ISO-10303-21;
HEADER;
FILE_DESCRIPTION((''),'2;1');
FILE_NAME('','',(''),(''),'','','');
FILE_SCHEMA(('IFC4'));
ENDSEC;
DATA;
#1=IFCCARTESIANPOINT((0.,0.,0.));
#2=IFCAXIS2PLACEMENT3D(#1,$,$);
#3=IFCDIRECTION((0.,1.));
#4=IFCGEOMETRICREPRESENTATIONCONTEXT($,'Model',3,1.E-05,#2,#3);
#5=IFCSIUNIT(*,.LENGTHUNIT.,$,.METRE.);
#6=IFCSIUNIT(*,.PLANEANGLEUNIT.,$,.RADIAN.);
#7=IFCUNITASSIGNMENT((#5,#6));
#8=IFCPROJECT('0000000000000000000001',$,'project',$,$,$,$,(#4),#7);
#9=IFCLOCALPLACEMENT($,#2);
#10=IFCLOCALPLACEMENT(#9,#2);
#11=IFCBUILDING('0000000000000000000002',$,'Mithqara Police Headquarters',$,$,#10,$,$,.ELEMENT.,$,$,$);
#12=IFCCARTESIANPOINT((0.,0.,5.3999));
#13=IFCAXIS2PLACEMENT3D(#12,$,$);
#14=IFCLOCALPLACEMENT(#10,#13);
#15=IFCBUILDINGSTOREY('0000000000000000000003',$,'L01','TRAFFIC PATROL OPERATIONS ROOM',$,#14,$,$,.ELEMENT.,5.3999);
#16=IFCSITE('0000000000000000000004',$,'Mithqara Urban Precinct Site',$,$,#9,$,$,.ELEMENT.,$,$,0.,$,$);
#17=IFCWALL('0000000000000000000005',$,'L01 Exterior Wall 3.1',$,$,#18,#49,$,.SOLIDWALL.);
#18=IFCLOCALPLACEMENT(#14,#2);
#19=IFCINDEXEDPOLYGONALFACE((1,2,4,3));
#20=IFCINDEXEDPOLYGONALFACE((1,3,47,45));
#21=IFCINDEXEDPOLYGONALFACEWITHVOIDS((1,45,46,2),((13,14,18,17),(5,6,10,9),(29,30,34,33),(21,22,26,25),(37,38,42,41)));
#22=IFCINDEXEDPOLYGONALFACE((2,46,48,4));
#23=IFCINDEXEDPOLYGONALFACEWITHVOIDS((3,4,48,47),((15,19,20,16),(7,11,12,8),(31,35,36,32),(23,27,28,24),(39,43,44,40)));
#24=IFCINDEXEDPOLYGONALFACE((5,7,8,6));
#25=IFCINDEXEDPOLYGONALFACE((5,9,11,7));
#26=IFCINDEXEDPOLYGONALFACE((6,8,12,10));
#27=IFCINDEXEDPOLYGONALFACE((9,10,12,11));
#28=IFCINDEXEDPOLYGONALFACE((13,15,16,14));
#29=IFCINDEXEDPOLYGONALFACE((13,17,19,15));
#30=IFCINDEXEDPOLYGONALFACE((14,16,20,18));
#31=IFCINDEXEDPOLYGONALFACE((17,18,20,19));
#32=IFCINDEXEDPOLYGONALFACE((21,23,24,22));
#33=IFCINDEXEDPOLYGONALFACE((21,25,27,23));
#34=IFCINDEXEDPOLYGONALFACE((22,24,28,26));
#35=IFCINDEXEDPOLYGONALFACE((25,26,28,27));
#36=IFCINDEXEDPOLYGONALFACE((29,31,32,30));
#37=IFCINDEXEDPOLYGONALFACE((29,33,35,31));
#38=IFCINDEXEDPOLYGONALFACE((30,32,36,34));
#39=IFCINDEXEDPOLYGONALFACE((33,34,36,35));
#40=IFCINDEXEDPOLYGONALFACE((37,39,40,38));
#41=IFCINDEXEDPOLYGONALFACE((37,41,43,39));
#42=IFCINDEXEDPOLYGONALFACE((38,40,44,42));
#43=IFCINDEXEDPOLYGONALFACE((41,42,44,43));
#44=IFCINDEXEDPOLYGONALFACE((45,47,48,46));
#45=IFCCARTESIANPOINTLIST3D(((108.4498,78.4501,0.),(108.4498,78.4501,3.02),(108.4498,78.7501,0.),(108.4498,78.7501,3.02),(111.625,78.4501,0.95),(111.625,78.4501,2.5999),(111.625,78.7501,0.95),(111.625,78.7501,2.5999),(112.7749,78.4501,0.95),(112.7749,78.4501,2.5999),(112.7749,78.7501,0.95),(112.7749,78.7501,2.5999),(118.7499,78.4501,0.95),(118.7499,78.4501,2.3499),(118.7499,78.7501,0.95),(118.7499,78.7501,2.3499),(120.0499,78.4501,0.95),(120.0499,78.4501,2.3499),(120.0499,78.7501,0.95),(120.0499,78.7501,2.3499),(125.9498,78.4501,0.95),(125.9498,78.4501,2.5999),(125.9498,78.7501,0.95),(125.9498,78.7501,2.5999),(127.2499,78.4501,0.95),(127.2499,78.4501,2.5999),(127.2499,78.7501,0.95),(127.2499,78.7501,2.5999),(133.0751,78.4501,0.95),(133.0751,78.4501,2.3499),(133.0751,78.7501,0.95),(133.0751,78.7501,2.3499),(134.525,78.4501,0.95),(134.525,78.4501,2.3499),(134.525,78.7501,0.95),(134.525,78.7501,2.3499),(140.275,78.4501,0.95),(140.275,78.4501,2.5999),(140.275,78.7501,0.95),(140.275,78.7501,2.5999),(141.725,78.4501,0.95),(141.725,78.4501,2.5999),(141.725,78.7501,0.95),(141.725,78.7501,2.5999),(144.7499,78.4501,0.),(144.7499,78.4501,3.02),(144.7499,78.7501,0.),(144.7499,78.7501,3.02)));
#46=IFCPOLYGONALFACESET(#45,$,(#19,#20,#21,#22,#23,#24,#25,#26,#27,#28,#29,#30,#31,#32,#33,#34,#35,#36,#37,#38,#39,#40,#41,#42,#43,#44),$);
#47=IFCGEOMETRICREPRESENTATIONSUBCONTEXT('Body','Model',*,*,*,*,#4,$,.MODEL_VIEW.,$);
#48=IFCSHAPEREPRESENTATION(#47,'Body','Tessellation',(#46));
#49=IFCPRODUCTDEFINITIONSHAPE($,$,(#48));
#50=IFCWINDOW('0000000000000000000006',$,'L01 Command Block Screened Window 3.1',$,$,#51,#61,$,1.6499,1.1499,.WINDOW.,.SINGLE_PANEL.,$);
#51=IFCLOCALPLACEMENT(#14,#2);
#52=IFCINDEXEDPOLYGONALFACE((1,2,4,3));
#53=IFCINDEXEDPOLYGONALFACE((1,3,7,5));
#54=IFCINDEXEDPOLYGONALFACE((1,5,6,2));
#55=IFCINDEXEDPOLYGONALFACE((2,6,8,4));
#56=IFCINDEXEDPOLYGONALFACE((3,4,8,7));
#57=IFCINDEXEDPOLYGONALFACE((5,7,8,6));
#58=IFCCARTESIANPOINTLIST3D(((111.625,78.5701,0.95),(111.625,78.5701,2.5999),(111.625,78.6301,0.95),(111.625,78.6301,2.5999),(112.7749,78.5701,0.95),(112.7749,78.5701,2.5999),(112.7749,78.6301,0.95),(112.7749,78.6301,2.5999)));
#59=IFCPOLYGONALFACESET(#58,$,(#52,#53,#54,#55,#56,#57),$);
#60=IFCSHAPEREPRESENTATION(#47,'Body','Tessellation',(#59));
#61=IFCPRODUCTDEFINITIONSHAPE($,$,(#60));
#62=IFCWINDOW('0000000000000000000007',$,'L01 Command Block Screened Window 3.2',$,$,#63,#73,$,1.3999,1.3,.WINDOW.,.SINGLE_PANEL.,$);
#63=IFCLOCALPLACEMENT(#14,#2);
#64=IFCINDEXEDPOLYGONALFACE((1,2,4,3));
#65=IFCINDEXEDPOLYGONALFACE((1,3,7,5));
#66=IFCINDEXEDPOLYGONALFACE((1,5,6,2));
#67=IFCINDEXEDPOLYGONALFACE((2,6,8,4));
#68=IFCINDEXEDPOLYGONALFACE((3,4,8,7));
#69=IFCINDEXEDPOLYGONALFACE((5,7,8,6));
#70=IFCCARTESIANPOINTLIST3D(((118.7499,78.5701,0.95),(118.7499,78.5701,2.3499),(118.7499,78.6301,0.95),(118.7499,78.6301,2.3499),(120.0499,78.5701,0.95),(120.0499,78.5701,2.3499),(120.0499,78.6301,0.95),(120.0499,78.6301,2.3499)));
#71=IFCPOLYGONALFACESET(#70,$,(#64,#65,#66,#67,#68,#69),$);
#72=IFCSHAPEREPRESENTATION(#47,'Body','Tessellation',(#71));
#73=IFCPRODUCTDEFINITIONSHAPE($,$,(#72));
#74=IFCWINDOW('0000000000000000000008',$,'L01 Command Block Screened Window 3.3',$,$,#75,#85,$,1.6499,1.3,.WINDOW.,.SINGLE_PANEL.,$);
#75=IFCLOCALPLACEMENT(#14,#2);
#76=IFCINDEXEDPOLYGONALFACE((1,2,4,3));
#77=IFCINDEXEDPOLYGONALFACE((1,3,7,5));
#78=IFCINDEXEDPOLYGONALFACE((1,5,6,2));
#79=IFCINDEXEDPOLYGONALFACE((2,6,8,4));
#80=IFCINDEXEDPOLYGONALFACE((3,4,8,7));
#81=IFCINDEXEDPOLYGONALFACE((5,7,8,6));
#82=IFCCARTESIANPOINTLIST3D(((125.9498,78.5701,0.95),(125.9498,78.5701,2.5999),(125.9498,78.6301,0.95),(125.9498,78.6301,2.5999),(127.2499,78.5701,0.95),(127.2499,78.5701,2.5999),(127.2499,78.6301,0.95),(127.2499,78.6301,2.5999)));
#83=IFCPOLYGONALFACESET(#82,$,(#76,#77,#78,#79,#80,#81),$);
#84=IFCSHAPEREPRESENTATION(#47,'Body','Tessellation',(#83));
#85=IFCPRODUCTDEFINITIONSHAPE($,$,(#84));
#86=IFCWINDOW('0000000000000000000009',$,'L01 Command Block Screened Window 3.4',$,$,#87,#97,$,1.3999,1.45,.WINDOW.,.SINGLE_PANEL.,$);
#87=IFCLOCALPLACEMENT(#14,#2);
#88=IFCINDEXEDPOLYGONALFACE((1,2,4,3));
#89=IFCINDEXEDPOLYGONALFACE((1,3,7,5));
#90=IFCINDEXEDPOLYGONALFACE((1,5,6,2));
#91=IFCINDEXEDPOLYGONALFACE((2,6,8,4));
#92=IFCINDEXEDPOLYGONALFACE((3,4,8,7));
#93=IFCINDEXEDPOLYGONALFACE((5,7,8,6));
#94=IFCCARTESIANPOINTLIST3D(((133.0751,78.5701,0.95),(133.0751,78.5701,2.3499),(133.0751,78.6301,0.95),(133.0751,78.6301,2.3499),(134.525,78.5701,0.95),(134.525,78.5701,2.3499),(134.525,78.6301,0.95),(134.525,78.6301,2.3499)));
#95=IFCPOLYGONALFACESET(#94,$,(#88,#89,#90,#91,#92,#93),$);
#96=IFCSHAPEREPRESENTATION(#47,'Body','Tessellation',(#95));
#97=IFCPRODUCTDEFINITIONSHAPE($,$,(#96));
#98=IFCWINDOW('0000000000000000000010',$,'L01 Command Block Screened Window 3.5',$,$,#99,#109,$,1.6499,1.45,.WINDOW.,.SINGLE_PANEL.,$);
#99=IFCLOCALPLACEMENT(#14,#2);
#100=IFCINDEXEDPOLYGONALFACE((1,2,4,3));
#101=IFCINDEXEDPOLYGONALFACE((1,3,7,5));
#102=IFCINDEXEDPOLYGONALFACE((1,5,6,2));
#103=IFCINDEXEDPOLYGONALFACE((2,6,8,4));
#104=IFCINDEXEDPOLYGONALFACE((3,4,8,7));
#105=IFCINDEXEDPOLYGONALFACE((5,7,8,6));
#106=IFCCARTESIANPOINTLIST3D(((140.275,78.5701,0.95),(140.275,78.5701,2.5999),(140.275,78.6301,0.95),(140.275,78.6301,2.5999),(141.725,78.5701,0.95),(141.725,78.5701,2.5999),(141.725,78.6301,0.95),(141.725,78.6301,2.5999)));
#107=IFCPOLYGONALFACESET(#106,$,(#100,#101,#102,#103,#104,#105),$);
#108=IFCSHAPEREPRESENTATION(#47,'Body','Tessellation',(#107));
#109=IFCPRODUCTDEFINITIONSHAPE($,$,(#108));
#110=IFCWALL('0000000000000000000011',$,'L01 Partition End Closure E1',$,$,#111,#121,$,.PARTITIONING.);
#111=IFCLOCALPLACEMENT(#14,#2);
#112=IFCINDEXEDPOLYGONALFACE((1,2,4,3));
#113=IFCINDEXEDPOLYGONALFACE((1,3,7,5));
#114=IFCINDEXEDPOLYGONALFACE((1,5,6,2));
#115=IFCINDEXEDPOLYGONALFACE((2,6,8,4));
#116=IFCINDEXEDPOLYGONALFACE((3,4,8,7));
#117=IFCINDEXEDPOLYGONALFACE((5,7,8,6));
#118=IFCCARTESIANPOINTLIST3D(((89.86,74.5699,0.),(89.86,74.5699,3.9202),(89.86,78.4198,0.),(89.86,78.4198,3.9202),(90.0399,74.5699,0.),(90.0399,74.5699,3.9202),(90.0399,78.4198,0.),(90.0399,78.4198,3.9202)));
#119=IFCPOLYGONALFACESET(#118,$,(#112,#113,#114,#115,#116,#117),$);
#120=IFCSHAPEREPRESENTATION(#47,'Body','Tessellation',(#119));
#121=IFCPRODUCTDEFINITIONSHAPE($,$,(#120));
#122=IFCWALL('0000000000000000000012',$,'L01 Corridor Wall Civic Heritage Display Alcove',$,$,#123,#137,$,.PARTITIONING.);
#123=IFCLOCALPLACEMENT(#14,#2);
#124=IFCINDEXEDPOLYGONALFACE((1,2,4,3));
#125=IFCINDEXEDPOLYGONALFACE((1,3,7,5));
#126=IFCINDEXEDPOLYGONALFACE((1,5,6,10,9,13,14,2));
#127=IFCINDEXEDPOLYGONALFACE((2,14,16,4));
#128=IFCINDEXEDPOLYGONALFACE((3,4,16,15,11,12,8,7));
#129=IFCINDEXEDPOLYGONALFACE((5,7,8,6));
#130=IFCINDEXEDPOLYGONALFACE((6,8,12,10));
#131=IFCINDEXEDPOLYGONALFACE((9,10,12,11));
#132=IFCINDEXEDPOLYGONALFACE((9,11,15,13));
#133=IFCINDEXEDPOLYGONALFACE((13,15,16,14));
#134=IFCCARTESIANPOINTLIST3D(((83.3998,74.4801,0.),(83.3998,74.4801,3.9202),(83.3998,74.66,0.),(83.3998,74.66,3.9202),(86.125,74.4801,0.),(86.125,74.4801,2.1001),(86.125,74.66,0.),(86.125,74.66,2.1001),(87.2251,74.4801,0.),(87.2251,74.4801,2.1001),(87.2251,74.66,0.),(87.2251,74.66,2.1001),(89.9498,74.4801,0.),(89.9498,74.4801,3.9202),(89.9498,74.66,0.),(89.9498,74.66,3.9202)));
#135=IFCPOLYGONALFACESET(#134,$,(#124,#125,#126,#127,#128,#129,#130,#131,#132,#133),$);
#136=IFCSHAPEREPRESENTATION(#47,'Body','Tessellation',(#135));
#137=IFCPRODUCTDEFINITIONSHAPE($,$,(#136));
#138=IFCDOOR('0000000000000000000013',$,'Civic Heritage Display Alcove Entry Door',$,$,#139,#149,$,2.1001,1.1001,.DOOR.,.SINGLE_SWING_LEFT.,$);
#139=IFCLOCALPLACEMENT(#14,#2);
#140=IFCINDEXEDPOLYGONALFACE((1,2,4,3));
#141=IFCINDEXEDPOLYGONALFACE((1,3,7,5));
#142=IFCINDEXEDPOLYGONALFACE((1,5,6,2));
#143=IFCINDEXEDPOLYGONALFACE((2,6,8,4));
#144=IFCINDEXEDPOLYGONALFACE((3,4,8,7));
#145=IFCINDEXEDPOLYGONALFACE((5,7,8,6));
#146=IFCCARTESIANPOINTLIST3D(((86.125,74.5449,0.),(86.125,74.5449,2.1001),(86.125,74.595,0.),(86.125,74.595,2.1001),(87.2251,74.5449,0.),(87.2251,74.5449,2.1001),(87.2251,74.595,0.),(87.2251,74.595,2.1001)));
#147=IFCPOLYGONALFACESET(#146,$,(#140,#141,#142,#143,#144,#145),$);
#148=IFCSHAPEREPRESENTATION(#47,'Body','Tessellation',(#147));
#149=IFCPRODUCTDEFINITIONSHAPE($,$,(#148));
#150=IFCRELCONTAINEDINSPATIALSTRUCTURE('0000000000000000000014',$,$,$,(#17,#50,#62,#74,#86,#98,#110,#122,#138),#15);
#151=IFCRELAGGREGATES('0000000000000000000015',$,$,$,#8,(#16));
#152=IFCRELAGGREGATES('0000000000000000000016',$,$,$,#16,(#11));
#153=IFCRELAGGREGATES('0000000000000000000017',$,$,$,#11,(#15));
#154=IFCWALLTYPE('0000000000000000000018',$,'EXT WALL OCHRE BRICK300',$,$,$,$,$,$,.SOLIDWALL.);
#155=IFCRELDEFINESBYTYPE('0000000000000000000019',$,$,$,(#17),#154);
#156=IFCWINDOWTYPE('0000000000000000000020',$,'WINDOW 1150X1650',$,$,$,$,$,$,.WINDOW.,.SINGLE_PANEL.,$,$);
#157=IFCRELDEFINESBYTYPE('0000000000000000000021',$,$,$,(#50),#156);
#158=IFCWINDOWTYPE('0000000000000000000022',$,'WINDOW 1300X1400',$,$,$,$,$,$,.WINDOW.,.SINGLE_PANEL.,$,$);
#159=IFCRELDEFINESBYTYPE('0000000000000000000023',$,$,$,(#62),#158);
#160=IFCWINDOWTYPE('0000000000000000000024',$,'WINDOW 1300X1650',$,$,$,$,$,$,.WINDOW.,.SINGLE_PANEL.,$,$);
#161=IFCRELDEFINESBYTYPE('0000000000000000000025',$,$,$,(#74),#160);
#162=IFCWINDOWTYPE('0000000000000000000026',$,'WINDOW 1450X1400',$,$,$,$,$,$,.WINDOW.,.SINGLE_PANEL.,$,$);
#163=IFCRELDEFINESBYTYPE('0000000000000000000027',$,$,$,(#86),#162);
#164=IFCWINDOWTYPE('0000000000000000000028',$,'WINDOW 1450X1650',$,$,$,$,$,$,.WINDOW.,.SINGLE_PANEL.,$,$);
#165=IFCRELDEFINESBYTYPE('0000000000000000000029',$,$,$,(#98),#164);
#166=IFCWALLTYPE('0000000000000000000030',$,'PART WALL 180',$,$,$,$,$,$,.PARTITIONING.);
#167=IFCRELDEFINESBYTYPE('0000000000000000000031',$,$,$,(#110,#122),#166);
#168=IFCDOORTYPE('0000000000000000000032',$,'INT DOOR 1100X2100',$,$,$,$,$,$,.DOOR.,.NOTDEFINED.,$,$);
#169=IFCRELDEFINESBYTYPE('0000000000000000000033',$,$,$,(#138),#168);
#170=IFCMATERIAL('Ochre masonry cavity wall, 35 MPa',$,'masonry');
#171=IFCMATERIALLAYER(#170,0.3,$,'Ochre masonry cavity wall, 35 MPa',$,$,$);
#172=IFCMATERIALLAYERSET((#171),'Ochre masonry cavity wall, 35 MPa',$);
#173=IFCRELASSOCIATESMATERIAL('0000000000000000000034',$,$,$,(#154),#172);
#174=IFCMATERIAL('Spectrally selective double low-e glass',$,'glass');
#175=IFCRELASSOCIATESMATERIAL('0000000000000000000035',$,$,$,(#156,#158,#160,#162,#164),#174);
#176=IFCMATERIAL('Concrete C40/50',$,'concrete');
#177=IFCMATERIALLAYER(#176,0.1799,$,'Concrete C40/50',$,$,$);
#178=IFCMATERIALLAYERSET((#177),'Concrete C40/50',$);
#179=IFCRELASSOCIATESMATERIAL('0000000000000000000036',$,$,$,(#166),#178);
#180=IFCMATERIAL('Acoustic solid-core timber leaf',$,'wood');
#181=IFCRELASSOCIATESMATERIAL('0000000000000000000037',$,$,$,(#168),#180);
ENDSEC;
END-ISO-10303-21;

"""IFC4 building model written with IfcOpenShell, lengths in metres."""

from ifc_helpers import new_model, si_unit, direction, frame, frame_2d, origin, place, context, subcontext, project, spatial, rectangle, extrude, material, layer, layer_set, type_object, element, fill, save


model = new_model("IFC4")

# Units and contexts
model_context = context("Model", 3, precision=1e-05, world=origin(), true_north=direction((0.0, 1.0)))
body_context = subcontext(model_context, "Body", "Model", "MODEL_VIEW")
ifc_project = project(units=[si_unit("LENGTHUNIT", "METRE"), si_unit("PLANEANGLEUNIT", "RADIAN")], contexts=[model_context])

# Site, building, storey
site_placement = place(None, origin())
site = spatial("IfcSite", under=ifc_project, at=site_placement, Name="Mithqara Urban Precinct Site", CompositionType="ELEMENT", RefElevation=0.0)
building_placement = place(site_placement, origin())
building = spatial("IfcBuilding", under=site, at=building_placement, Name="Mithqara Police Headquarters", CompositionType="ELEMENT")
storey_placement = place(building_placement, frame((0.0, 0.0, 5.3999)))
storey = spatial("IfcBuildingStorey", under=building, at=storey_placement, Name="L01", Description="TRAFFIC PATROL OPERATIONS ROOM", CompositionType="ELEMENT", Elevation=5.3999)

# Shared definitions
ifc_material_1 = material(Name="Concrete C40/50", Category="concrete")

# Wall, openings, windows
ifc_material_2 = material(Name="Ochre masonry cavity wall, 35 MPa", Category="masonry")
ifc_layer_1 = layer(ifc_material_2, 0.3, Name="Ochre masonry cavity wall, 35 MPa")
ifc_layer_set_1 = layer_set([ifc_layer_1], Name="Ochre masonry cavity wall, 35 MPa")
wall_type_1 = type_object("IfcWallType", Name="EXT WALL OCHRE BRICK300", PredefinedType="SOLIDWALL", material=ifc_layer_set_1)
ifc_material_3 = material(Name="Spectrally selective double low-e glass", Category="glass")
wall_1_placement = place(storey_placement, frame((108.45, 78.6001, 0.0), z_axis=(0.0, 0.0, 1.0), x_axis=(1.0, 0.0, 0.0)))
wall_1 = element("IfcWall", 1, at=wall_1_placement, inside=storey, type_object=wall_type_1, Name="L01 Exterior Wall 3.1", PredefinedType="SOLIDWALL", context=body_context, shape_type="SweptSolid", body=[
    extrude(rectangle(XDim=36.3, YDim=0.3, at=frame_2d((18.1499, 0.0))), origin(), (0.0, 0.0, 1.0), 3.02),
])
opening_1_placement = place(wall_1_placement, frame((3.175, 0.0, 0.95)))
opening_1 = element("IfcOpeningElement", 2, at=opening_1_placement, cuts=wall_1, PredefinedType="OPENING", context=body_context, shape_type="SweptSolid", body=[
    extrude(rectangle(XDim=1.1499, YDim=1.6499, at=frame_2d((0.575, 0.825))), frame((0.0, 0.1602, 0.0), z_axis=(0.0, -1.0, 0.0), x_axis=(1.0, 0.0, 0.0)), (0.0, 0.0, 1.0), 0.3201),
])
opening_2_placement = place(wall_1_placement, frame((10.3, 0.0, 0.95)))
opening_2 = element("IfcOpeningElement", 3, at=opening_2_placement, cuts=wall_1, PredefinedType="OPENING", context=body_context, shape_type="SweptSolid", body=[
    extrude(rectangle(XDim=1.3, YDim=1.3999, at=frame_2d((0.6499, 0.7))), frame((0.0, 0.1602, 0.0), z_axis=(0.0, -1.0, 0.0), x_axis=(1.0, 0.0, 0.0)), (0.0, 0.0, 1.0), 0.3201),
])
opening_3_placement = place(wall_1_placement, frame((17.5, 0.0, 0.95)))
opening_3 = element("IfcOpeningElement", 4, at=opening_3_placement, cuts=wall_1, PredefinedType="OPENING", context=body_context, shape_type="SweptSolid", body=[
    extrude(rectangle(XDim=1.3, YDim=1.6499, at=frame_2d((0.6499, 0.825))), frame((0.0, 0.1602, 0.0), z_axis=(0.0, -1.0, 0.0), x_axis=(1.0, 0.0, 0.0)), (0.0, 0.0, 1.0), 0.3201),
])
opening_4_placement = place(wall_1_placement, frame((24.625, 0.0, 0.95)))
opening_4 = element("IfcOpeningElement", 5, at=opening_4_placement, cuts=wall_1, PredefinedType="OPENING", context=body_context, shape_type="SweptSolid", body=[
    extrude(rectangle(XDim=1.45, YDim=1.3999, at=frame_2d((0.7251, 0.7))), frame((0.0, 0.1602, 0.0), z_axis=(0.0, -1.0, 0.0), x_axis=(1.0, 0.0, 0.0)), (0.0, 0.0, 1.0), 0.3201),
])
opening_5_placement = place(wall_1_placement, frame((31.825, 0.0, 0.95)))
opening_5 = element("IfcOpeningElement", 6, at=opening_5_placement, cuts=wall_1, PredefinedType="OPENING", context=body_context, shape_type="SweptSolid", body=[
    extrude(rectangle(XDim=1.45, YDim=1.6499, at=frame_2d((0.7251, 0.825))), frame((0.0, 0.1602, 0.0), z_axis=(0.0, -1.0, 0.0), x_axis=(1.0, 0.0, 0.0)), (0.0, 0.0, 1.0), 0.3201),
])
window_type_1 = type_object("IfcWindowType", Name="WINDOW 1150X1650", PartitioningType="SINGLE_PANEL", PredefinedType="WINDOW", material=ifc_material_3)
window_1_placement = place(opening_1_placement, origin())
window_1 = element("IfcWindow", 7, at=window_1_placement, inside=storey, type_object=window_type_1, Name="L01 Command Block Screened Window 3.1", OverallHeight=1.6499, OverallWidth=1.1499, PartitioningType="SINGLE_PANEL", PredefinedType="WINDOW", context=body_context, shape_type="SweptSolid", body=[
    extrude(rectangle(XDim=1.1499, YDim=1.6499, at=frame_2d((0.575, 0.825))), frame((0.0, 0.03, 0.0), z_axis=(0.0, -1.0, 0.0), x_axis=(1.0, 0.0, 0.0)), (0.0, 0.0, 1.0), 0.0601),
])
fill(opening_1, window_1)
window_type_2 = type_object("IfcWindowType", Name="WINDOW 1300X1400", PartitioningType="SINGLE_PANEL", PredefinedType="WINDOW", material=ifc_material_3)
window_2_placement = place(opening_2_placement, origin())
window_2 = element("IfcWindow", 8, at=window_2_placement, inside=storey, type_object=window_type_2, Name="L01 Command Block Screened Window 3.2", OverallHeight=1.3999, OverallWidth=1.3, PartitioningType="SINGLE_PANEL", PredefinedType="WINDOW", context=body_context, shape_type="SweptSolid", body=[
    extrude(rectangle(XDim=1.3, YDim=1.3999, at=frame_2d((0.6499, 0.7))), frame((0.0, 0.03, 0.0), z_axis=(0.0, -1.0, 0.0), x_axis=(1.0, 0.0, 0.0)), (0.0, 0.0, 1.0), 0.0601),
])
fill(opening_2, window_2)
window_type_3 = type_object("IfcWindowType", Name="WINDOW 1300X1650", PartitioningType="SINGLE_PANEL", PredefinedType="WINDOW", material=ifc_material_3)
window_3_placement = place(opening_3_placement, origin())
window_3 = element("IfcWindow", 9, at=window_3_placement, inside=storey, type_object=window_type_3, Name="L01 Command Block Screened Window 3.3", OverallHeight=1.6499, OverallWidth=1.3, PartitioningType="SINGLE_PANEL", PredefinedType="WINDOW", context=body_context, shape_type="SweptSolid", body=[
    extrude(rectangle(XDim=1.3, YDim=1.6499, at=frame_2d((0.6499, 0.825))), frame((0.0, 0.03, 0.0), z_axis=(0.0, -1.0, 0.0), x_axis=(1.0, 0.0, 0.0)), (0.0, 0.0, 1.0), 0.0601),
])
fill(opening_3, window_3)
window_type_4 = type_object("IfcWindowType", Name="WINDOW 1450X1400", PartitioningType="SINGLE_PANEL", PredefinedType="WINDOW", material=ifc_material_3)
window_4_placement = place(opening_4_placement, origin())
window_4 = element("IfcWindow", 10, at=window_4_placement, inside=storey, type_object=window_type_4, Name="L01 Command Block Screened Window 3.4", OverallHeight=1.3999, OverallWidth=1.45, PartitioningType="SINGLE_PANEL", PredefinedType="WINDOW", context=body_context, shape_type="SweptSolid", body=[
    extrude(rectangle(XDim=1.45, YDim=1.3999, at=frame_2d((0.7251, 0.7))), frame((0.0, 0.03, 0.0), z_axis=(0.0, -1.0, 0.0), x_axis=(1.0, 0.0, 0.0)), (0.0, 0.0, 1.0), 0.0601),
])
fill(opening_4, window_4)
window_type_5 = type_object("IfcWindowType", Name="WINDOW 1450X1650", PartitioningType="SINGLE_PANEL", PredefinedType="WINDOW", material=ifc_material_3)
window_5_placement = place(opening_5_placement, origin())
window_5 = element("IfcWindow", 11, at=window_5_placement, inside=storey, type_object=window_type_5, Name="L01 Command Block Screened Window 3.5", OverallHeight=1.6499, OverallWidth=1.45, PartitioningType="SINGLE_PANEL", PredefinedType="WINDOW", context=body_context, shape_type="SweptSolid", body=[
    extrude(rectangle(XDim=1.45, YDim=1.6499, at=frame_2d((0.7251, 0.825))), frame((0.0, 0.03, 0.0), z_axis=(0.0, -1.0, 0.0), x_axis=(1.0, 0.0, 0.0)), (0.0, 0.0, 1.0), 0.0601),
])
fill(opening_5, window_5)

# Wall
ifc_layer_2 = layer(ifc_material_1, 0.1799, Name="Concrete C40/50")
ifc_layer_set_2 = layer_set([ifc_layer_2], Name="Concrete C40/50")
wall_type_2 = type_object("IfcWallType", Name="PART WALL 180", PredefinedType="PARTITIONING", material=ifc_layer_set_2)
wall_2_placement = place(storey_placement, frame((89.95, 74.5701, 0.0), z_axis=(0.0, 0.0, 1.0), x_axis=(0.0, 1.0, 0.0)))
element("IfcWall", 12, at=wall_2_placement, inside=storey, type_object=wall_type_2, Name="L01 Partition End Closure E1", PredefinedType="PARTITIONING", context=body_context, shape_type="SweptSolid", body=[
    extrude(rectangle(XDim=3.8499, YDim=0.1799, at=frame_2d((1.9248, 0.0))), origin(), (0.0, 0.0, 1.0), 3.9202),
])

# Wall, opening, door
wall_3_placement = place(storey_placement, frame((83.3999, 74.5701, 0.0), z_axis=(0.0, 0.0, 1.0), x_axis=(1.0, 0.0, 0.0)))
wall_3 = element("IfcWall", 13, at=wall_3_placement, inside=storey, type_object=wall_type_2, Name="L01 Corridor Wall Civic Heritage Display Alcove", PredefinedType="PARTITIONING", context=body_context, shape_type="SweptSolid", body=[
    extrude(rectangle(XDim=6.55, YDim=0.1799, at=frame_2d((3.2749, 0.0))), origin(), (0.0, 0.0, 1.0), 3.9202),
])
opening_6_placement = place(wall_3_placement, frame((2.7251, 0.0, 0.0)))
opening_6 = element("IfcOpeningElement", 14, at=opening_6_placement, cuts=wall_3, PredefinedType="OPENING", context=body_context, shape_type="SweptSolid", body=[
    extrude(rectangle(XDim=1.1001, YDim=2.1001, at=frame_2d((0.55, 1.05))), frame((0.0, 0.1001, 0.0), z_axis=(0.0, -1.0, 0.0), x_axis=(1.0, 0.0, 0.0)), (0.0, 0.0, 1.0), 0.2),
])
ifc_material_4 = material(Name="Acoustic solid-core timber leaf", Category="wood")
door_type = type_object("IfcDoorType", Name="INT DOOR 1100X2100", OperationType="NOTDEFINED", PredefinedType="DOOR", material=ifc_material_4)
door_placement = place(opening_6_placement, origin())
door = element("IfcDoor", 15, at=door_placement, inside=storey, type_object=door_type, Name="Civic Heritage Display Alcove Entry Door", OperationType="SINGLE_SWING_LEFT", OverallHeight=2.1001, OverallWidth=1.1001, PredefinedType="DOOR", context=body_context, shape_type="SweptSolid", body=[
    extrude(rectangle(XDim=1.1001, YDim=2.1001, at=frame_2d((0.55, 1.05))), frame((0.0, 0.0249, 0.0), z_axis=(0.0, -1.0, 0.0), x_axis=(1.0, 0.0, 0.0)), (0.0, 0.0, 1.0), 0.05),
])
fill(opening_6, door)

save(model, "model.ifc")
